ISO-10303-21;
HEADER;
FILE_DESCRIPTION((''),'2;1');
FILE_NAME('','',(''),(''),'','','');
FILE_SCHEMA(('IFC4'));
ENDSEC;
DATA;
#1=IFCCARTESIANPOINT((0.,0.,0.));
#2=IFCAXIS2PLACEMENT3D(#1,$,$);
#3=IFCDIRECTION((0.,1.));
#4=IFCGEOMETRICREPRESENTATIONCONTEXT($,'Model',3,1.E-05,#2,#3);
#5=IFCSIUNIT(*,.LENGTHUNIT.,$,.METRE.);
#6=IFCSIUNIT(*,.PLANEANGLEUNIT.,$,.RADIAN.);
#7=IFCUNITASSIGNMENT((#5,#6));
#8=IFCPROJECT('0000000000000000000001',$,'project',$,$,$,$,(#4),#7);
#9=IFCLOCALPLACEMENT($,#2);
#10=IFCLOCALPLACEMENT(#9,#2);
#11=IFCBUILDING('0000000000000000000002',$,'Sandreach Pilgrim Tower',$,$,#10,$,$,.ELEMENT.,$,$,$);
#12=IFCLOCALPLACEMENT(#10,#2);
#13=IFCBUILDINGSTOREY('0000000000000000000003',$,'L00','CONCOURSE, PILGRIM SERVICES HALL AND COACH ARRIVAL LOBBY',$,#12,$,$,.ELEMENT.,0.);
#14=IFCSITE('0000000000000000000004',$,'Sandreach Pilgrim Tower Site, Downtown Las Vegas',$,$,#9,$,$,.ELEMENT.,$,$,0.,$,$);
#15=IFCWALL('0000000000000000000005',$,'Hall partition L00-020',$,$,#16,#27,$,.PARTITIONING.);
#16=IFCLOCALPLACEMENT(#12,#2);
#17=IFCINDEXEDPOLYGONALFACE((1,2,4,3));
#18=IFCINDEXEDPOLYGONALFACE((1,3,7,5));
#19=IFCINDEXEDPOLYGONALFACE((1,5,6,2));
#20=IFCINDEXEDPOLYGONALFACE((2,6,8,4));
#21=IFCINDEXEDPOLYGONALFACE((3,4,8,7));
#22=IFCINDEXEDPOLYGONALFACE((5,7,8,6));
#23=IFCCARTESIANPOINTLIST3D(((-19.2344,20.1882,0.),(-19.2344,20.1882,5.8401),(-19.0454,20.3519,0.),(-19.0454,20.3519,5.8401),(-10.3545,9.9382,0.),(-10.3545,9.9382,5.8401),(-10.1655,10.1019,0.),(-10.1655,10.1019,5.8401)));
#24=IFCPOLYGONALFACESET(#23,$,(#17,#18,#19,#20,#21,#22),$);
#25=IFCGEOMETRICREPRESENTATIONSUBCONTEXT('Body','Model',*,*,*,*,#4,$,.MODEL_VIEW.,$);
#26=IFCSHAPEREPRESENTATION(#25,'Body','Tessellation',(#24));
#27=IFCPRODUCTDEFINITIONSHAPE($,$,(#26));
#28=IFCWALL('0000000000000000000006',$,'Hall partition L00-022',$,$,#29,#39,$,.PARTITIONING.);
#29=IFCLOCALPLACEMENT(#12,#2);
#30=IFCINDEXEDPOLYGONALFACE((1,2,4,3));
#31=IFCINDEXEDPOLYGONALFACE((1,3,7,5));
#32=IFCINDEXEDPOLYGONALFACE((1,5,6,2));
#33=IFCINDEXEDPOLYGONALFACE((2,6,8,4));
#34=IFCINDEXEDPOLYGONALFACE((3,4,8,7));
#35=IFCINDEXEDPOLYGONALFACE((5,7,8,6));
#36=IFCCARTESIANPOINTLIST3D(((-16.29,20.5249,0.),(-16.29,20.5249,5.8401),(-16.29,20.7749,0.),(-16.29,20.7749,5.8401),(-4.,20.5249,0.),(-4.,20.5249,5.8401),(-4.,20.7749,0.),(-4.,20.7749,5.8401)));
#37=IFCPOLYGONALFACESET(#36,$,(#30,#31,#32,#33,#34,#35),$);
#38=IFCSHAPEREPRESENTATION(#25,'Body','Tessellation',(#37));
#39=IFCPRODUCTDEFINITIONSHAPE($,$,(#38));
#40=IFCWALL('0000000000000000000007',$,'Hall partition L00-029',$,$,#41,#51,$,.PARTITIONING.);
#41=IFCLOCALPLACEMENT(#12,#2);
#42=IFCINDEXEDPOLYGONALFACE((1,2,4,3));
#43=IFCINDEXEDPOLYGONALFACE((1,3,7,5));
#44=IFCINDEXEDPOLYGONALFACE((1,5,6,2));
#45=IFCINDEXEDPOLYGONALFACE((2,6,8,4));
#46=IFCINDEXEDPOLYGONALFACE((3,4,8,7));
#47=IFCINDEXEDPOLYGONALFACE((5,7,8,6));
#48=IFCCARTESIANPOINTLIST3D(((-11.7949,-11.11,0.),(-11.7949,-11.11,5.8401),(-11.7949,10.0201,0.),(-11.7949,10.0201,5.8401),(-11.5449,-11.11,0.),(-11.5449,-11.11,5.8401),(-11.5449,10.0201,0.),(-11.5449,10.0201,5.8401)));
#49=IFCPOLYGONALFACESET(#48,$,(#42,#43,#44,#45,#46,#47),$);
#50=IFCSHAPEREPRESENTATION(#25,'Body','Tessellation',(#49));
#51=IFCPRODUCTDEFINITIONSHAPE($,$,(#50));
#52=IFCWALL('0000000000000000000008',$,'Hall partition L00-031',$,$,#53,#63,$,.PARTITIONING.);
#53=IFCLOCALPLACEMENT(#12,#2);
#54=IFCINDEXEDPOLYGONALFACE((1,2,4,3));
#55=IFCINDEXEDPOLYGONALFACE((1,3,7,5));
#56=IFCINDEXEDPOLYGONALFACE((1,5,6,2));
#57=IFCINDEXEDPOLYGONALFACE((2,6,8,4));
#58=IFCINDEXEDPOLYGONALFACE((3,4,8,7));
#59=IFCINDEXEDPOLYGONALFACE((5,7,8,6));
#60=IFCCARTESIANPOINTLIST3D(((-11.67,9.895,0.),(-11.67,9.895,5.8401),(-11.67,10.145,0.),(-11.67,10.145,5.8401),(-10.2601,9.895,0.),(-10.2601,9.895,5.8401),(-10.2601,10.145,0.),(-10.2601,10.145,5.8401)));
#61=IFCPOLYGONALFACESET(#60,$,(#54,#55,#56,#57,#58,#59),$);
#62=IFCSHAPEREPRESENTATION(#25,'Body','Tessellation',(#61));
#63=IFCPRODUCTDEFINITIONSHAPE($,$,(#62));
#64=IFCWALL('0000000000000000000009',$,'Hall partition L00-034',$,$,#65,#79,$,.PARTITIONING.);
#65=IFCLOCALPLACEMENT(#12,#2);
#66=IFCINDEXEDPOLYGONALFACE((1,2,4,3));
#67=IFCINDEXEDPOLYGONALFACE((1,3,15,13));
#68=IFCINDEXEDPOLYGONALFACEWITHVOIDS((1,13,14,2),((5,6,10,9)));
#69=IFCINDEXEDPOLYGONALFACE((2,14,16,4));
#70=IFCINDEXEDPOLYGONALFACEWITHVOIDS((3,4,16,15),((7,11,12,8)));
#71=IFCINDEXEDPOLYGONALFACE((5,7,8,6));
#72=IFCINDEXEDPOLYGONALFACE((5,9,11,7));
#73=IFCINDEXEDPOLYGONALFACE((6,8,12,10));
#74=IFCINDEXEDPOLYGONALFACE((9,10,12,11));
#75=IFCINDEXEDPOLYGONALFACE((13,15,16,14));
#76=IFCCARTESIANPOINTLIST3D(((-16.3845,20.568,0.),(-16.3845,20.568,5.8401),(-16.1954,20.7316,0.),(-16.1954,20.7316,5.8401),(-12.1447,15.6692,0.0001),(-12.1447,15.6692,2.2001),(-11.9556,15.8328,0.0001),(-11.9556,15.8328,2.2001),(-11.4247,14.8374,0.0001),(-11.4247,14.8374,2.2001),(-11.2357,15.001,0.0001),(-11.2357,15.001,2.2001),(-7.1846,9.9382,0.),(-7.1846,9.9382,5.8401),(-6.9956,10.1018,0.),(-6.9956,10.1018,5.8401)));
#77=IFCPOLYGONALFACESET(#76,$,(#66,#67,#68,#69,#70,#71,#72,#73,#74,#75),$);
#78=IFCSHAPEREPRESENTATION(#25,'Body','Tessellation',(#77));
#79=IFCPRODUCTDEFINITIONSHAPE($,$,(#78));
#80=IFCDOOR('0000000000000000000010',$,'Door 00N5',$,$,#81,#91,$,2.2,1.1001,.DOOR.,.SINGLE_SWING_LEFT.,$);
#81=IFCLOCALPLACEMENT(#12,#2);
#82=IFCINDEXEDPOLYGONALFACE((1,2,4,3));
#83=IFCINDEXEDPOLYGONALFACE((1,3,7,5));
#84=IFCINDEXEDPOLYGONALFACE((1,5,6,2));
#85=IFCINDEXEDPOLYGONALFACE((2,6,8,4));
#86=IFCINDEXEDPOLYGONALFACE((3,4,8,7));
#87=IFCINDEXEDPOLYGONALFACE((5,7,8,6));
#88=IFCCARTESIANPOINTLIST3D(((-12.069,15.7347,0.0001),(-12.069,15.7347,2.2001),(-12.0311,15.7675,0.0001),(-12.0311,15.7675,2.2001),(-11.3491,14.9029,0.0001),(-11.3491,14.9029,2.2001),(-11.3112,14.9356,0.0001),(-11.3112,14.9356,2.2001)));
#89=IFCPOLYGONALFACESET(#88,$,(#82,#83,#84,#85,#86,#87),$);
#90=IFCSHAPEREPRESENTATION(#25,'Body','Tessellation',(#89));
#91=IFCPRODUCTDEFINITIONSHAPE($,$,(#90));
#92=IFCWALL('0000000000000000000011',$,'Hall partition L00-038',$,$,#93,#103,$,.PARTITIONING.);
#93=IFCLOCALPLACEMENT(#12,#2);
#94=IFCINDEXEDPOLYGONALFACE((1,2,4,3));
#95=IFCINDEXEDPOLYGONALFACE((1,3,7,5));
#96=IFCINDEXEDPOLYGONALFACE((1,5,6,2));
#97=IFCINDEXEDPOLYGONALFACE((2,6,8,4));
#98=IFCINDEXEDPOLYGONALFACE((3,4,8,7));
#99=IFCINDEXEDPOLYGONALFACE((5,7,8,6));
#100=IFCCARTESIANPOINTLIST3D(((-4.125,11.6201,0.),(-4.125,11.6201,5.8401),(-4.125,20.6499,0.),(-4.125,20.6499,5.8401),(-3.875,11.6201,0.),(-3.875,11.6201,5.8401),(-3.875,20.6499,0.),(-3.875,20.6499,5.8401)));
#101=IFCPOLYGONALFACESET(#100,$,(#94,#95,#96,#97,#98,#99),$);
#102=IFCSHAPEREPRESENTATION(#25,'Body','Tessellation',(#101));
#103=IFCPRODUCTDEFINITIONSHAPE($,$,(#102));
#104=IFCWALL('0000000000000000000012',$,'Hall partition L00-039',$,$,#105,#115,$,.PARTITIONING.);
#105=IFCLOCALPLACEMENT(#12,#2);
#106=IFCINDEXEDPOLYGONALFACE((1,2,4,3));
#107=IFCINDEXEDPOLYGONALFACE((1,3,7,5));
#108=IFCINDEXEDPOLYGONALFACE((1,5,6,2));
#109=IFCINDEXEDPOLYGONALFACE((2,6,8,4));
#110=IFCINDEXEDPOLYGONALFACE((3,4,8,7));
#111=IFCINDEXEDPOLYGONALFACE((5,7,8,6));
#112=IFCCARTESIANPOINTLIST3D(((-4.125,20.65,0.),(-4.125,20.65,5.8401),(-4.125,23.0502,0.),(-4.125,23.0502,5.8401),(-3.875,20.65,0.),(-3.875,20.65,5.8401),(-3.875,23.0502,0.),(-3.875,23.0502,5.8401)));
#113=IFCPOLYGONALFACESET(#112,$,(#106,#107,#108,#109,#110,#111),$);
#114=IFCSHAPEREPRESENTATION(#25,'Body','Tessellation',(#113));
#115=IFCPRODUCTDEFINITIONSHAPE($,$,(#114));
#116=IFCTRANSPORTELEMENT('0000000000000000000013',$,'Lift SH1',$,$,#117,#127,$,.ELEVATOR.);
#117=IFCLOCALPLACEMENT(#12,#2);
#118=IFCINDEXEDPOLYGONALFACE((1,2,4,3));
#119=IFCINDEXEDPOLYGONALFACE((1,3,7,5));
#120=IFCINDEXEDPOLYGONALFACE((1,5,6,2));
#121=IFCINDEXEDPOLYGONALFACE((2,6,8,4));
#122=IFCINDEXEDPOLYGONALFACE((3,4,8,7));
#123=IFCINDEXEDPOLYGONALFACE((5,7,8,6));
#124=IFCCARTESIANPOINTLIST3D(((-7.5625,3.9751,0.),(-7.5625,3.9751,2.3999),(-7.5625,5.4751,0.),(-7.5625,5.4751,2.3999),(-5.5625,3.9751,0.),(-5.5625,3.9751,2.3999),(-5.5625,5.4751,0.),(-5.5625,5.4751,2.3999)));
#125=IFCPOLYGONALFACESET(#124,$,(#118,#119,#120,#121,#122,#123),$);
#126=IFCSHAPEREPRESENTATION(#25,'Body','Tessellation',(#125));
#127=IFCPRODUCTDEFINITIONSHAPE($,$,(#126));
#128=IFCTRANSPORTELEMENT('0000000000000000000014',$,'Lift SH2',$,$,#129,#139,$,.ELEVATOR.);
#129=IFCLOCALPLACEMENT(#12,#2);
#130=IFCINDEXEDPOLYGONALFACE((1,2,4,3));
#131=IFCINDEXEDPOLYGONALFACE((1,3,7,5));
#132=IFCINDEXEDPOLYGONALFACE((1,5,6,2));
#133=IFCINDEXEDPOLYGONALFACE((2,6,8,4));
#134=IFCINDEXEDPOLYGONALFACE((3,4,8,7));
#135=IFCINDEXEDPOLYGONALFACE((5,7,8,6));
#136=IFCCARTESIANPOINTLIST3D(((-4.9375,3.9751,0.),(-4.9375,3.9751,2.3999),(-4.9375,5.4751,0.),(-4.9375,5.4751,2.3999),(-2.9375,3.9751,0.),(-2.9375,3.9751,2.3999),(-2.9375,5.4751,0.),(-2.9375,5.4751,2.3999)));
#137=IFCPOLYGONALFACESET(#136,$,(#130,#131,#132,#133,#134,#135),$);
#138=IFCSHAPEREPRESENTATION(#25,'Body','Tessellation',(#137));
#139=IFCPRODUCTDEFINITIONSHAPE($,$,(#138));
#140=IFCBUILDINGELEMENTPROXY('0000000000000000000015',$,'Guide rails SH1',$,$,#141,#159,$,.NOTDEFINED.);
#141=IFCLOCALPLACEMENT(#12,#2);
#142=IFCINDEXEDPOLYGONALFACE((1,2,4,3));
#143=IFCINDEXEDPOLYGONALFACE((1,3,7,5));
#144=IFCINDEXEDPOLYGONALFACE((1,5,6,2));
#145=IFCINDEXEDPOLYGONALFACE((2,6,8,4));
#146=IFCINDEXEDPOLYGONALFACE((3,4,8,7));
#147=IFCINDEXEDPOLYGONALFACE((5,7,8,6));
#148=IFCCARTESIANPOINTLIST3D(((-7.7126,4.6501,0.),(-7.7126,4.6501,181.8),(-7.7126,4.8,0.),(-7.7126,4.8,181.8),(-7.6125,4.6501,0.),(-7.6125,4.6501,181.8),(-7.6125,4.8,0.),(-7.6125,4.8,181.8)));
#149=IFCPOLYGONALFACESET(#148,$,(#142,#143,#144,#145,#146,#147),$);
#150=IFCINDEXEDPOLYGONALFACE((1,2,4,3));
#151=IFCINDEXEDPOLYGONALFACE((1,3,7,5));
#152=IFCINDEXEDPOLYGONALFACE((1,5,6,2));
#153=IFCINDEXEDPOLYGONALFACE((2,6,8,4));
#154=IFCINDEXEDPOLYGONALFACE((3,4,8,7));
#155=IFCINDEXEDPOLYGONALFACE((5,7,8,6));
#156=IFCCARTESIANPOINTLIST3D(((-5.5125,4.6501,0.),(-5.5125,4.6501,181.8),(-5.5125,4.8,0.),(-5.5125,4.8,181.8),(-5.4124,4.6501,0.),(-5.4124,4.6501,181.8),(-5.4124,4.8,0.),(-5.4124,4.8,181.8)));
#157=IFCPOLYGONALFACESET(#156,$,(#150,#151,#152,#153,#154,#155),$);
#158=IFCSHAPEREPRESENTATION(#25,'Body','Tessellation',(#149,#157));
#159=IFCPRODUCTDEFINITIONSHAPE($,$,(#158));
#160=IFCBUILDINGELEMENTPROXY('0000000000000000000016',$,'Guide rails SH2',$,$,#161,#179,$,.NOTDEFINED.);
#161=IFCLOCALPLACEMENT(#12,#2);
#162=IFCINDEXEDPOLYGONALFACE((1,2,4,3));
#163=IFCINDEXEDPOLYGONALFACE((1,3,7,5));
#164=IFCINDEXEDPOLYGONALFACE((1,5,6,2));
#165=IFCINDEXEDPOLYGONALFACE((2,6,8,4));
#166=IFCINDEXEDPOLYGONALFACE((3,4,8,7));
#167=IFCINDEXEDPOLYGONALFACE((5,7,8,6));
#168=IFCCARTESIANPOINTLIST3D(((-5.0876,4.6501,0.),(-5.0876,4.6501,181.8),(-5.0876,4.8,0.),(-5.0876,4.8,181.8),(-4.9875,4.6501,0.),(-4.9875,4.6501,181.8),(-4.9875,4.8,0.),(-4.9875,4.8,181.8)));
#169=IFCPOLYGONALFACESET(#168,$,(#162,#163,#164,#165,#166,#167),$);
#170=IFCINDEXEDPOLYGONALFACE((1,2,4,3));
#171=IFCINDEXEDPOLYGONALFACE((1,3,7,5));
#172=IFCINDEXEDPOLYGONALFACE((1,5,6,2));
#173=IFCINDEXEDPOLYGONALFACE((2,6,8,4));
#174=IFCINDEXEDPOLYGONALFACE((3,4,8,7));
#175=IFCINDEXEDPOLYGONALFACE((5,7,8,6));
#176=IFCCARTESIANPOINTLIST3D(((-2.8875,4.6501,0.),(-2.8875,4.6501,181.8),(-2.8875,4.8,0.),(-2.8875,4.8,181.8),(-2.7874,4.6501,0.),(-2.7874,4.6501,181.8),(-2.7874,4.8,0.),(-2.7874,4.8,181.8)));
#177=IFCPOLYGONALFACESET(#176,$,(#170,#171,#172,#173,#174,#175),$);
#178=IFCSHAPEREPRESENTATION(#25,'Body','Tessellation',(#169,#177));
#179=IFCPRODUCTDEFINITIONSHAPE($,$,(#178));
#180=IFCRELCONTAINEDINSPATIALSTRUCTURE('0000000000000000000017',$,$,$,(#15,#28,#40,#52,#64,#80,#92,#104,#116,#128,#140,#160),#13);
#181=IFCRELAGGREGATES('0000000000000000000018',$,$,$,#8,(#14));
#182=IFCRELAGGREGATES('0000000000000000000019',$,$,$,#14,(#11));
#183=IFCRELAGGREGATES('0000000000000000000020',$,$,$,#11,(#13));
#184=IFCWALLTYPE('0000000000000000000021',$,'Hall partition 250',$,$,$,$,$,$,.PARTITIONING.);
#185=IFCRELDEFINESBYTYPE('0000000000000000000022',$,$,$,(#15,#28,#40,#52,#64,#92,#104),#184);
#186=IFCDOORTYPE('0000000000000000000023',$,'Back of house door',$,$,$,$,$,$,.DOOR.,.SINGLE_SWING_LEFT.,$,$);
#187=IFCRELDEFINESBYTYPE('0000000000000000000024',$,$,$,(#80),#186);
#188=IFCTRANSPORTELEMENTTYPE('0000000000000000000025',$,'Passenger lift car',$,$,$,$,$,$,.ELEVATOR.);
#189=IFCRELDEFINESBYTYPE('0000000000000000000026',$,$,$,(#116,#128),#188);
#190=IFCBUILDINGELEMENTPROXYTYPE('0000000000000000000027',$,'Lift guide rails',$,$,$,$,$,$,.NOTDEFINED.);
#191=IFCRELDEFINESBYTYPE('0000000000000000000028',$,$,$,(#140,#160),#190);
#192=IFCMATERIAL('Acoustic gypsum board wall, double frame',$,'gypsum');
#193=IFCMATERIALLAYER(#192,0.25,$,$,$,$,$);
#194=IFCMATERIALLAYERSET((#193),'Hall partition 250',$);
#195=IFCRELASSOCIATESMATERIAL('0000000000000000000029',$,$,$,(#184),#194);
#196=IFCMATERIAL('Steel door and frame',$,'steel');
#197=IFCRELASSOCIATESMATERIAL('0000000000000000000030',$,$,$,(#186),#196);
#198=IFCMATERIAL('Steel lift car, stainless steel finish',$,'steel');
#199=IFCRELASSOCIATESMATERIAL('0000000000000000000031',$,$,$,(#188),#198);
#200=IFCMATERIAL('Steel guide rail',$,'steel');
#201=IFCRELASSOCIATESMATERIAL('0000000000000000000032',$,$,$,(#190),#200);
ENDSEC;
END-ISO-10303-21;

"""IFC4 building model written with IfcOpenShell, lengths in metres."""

from ifc_helpers import new_model, si_unit, direction, frame, frame_2d, origin, origin_2d, place, context, subcontext, project, spatial, rectangle, extrude, material, layer, layer_set, type_object, element, fill, save


model = new_model("IFC4")

# Units and contexts
model_context = context("Model", 3, precision=1e-05, world=origin(), true_north=direction((0.0, 1.0)))
body_context = subcontext(model_context, "Body", "Model", "MODEL_VIEW")
ifc_project = project(units=[si_unit("LENGTHUNIT", "METRE"), si_unit("PLANEANGLEUNIT", "RADIAN")], contexts=[model_context])

# Site, building, storey
site_placement = place(None, origin())
site = spatial("IfcSite", under=ifc_project, at=site_placement, Name="Sandreach Pilgrim Tower Site, Downtown Las Vegas", CompositionType="ELEMENT", RefElevation=0.0)
building_placement = place(site_placement, origin())
building = spatial("IfcBuilding", under=site, at=building_placement, Name="Sandreach Pilgrim Tower", CompositionType="ELEMENT")
storey_placement = place(building_placement, origin())
storey = spatial("IfcBuildingStorey", under=building, at=storey_placement, Name="L00", Description="CONCOURSE, PILGRIM SERVICES HALL AND COACH ARRIVAL LOBBY", CompositionType="ELEMENT", Elevation=0.0)

# Walls
ifc_material_1 = material(Name="Acoustic gypsum board wall, double frame", Category="gypsum")
ifc_layer_1 = layer(ifc_material_1, 0.25)
ifc_layer_set_1 = layer_set([ifc_layer_1], Name="Hall partition 250")
wall_type_1 = type_object("IfcWallType", Name="Hall partition 250", PredefinedType="PARTITIONING", material=ifc_layer_set_1)
wall_1_placement = place(storey_placement, frame((-19.1399, 20.27, 0.0), z_axis=(0.0, 0.0, 1.0), x_axis=(0.654785, -0.755815, 0.0)))
element("IfcWall", 1, at=wall_1_placement, inside=storey, type_object=wall_type_1, Name="Hall partition L00-020", PredefinedType="PARTITIONING", context=body_context, shape_type="SweptSolid", body=[
    extrude(rectangle(XDim=13.5615, YDim=0.25, at=frame_2d((6.7808, 0.0))), origin(), (0.0, 0.0, 1.0), 5.8401),
])
wall_2_placement = place(storey_placement, frame((-16.29, 20.6499, 0.0), z_axis=(0.0, 0.0, 1.0), x_axis=(1.0, 0.0, 0.0)))
element("IfcWall", 2, at=wall_2_placement, inside=storey, type_object=wall_type_1, Name="Hall partition L00-022", PredefinedType="PARTITIONING", context=body_context, shape_type="SweptSolid", body=[
    extrude(rectangle(XDim=12.29, YDim=0.25, at=frame_2d((6.145, 0.0))), origin(), (0.0, 0.0, 1.0), 5.8401),
])
wall_3_placement = place(storey_placement, frame((-11.6699, 10.02, 0.0), z_axis=(0.0, 0.0, 1.0), x_axis=(0.0, -1.0, 0.0)))
element("IfcWall", 3, at=wall_3_placement, inside=storey, type_object=wall_type_1, Name="Hall partition L00-029", PredefinedType="PARTITIONING", context=body_context, shape_type="SweptSolid", body=[
    extrude(rectangle(XDim=21.1301, YDim=0.25, at=frame_2d((10.5649, 0.0))), origin(), (0.0, 0.0, 1.0), 5.8401),
])
wall_4_placement = place(storey_placement, frame((-10.26, 10.02, 0.0), z_axis=(0.0, 0.0, 1.0), x_axis=(-1.0, 0.0, 0.0)))
element("IfcWall", 4, at=wall_4_placement, inside=storey, type_object=wall_type_1, Name="Hall partition L00-031", PredefinedType="PARTITIONING", context=body_context, shape_type="SweptSolid", body=[
    extrude(rectangle(XDim=1.4099, YDim=0.25, at=frame_2d((0.7051, 0.0))), origin(), (0.0, 0.0, 1.0), 5.8401),
])

# Wall, opening, door
wall_5_placement = place(storey_placement, frame((-7.0901, 10.02, 0.0), z_axis=(0.0, 0.0, 1.0), x_axis=(-0.654418, 0.756133, 0.0)))
wall_5 = element("IfcWall", 5, at=wall_5_placement, inside=storey, type_object=wall_type_1, Name="Hall partition L00-034", PredefinedType="PARTITIONING", context=body_context, shape_type="SweptSolid", body=[
    extrude(rectangle(XDim=14.0581, YDim=0.25, at=frame_2d((7.0291, 0.0))), origin(), (0.0, 0.0, 1.0), 5.8401),
])
opening_1_placement = place(wall_5_placement, frame((6.4792, 0.0, 0.0)))
opening_1 = element("IfcOpeningElement", 6, at=opening_1_placement, cuts=wall_5, PredefinedType="OPENING", context=body_context, shape_type="SweptSolid", body=[
    extrude(rectangle(XDim=1.1001, YDim=2.2, at=frame_2d((0.55, 1.1001))), frame((0.0, 0.125, 0.0), z_axis=(0.0, -1.0, 0.0), x_axis=(1.0, 0.0, 0.0)), (0.0, 0.0, 1.0), 0.25),
])
ifc_material_2 = material(Name="Steel door and frame", Category="steel")
door_type_1 = type_object("IfcDoorType", Name="Back of house door", OperationType="SINGLE_SWING_LEFT", PredefinedType="DOOR", material=ifc_material_2)
door_1_placement = place(opening_1_placement, origin())
door_1 = element("IfcDoor", 7, at=door_1_placement, inside=storey, type_object=door_type_1, Name="Door 00N5", OperationType="SINGLE_SWING_LEFT", OverallHeight=2.2, OverallWidth=1.1001, PredefinedType="DOOR", context=body_context, shape_type="SweptSolid", body=[
    extrude(rectangle(XDim=1.1001, YDim=2.2, at=frame_2d((0.55, 1.1001))), frame((0.0, 0.0249, 0.0), z_axis=(0.0, -1.0, 0.0), x_axis=(1.0, 0.0, 0.0)), (0.0, 0.0, 1.0), 0.05),
])
fill(opening_1, door_1)

# Walls
wall_6_placement = place(storey_placement, frame((-4.0, 11.6201, 0.0), z_axis=(0.0, 0.0, 1.0), x_axis=(0.0, 1.0, 0.0)))
element("IfcWall", 8, at=wall_6_placement, inside=storey, type_object=wall_type_1, Name="Hall partition L00-038", PredefinedType="PARTITIONING", context=body_context, shape_type="SweptSolid", body=[
    extrude(rectangle(XDim=9.0298, YDim=0.25, at=frame_2d((4.5149, 0.0))), origin(), (0.0, 0.0, 1.0), 5.8401),
])
wall_7_placement = place(storey_placement, frame((-4.0, 20.6499, 0.0), z_axis=(0.0, 0.0, 1.0), x_axis=(0.0, 1.0, 0.0)))
element("IfcWall", 9, at=wall_7_placement, inside=storey, type_object=wall_type_1, Name="Hall partition L00-039", PredefinedType="PARTITIONING", context=body_context, shape_type="SweptSolid", body=[
    extrude(rectangle(XDim=2.4001, YDim=0.25, at=frame_2d((1.2002, 0.0))), origin(), (0.0, 0.0, 1.0), 5.8401),
])

# Transport elements
ifc_material_3 = material(Name="Steel lift car, stainless steel finish", Category="steel")
transport_element_type = type_object("IfcTransportElementType", Name="Passenger lift car", PredefinedType="ELEVATOR", material=ifc_material_3)
for number, where, z_axis, x_axis, name in (
    (10, (-6.5625, 4.7251, 0.0), (0.0, 0.0, 1.0), (1.0, 0.0, 0.0), "Lift SH1"),
    (11, (-3.9375, 4.7251, 0.0), (0.0, 0.0, 1.0), (1.0, 0.0, 0.0), "Lift SH2"),
):
    element("IfcTransportElement", number, at=place(storey_placement, frame(where, z_axis=z_axis, x_axis=x_axis)), inside=storey, type_object=transport_element_type, Name=name, PredefinedType="ELEVATOR", context=body_context, shape_type="SweptSolid", body=[
        extrude(rectangle(XDim=2.0, YDim=1.5, at=origin_2d()), origin(), (0.0, 0.0, 1.0), 2.3999),
    ])

# Building element proxies
ifc_material_4 = material(Name="Steel guide rail", Category="steel")
building_element_proxy_type = type_object("IfcBuildingElementProxyType", Name="Lift guide rails", PredefinedType="NOTDEFINED", material=ifc_material_4)
for number, where, z_axis, x_axis, name in (
    (12, (-6.5625, 4.7251, 0.0), (0.0, 0.0, 1.0), (1.0, 0.0, 0.0), "Guide rails SH1"),
    (13, (-3.9375, 4.7251, 0.0), (0.0, 0.0, 1.0), (1.0, 0.0, 0.0), "Guide rails SH2"),
):
    element("IfcBuildingElementProxy", number, at=place(storey_placement, frame(where, z_axis=z_axis, x_axis=x_axis)), inside=storey, type_object=building_element_proxy_type, Name=name, PredefinedType="NOTDEFINED", context=body_context, shape_type="SweptSolid", body=[
        extrude(rectangle(XDim=0.1001, YDim=0.1499, at=origin_2d()), frame((-1.1001, 0.0, 0.0)), (0.0, 0.0, 1.0), 181.8),
        extrude(rectangle(XDim=0.1001, YDim=0.1499, at=origin_2d()), frame((1.1001, 0.0, 0.0)), (0.0, 0.0, 1.0), 181.8),
    ])

save(model, "model.ifc")
